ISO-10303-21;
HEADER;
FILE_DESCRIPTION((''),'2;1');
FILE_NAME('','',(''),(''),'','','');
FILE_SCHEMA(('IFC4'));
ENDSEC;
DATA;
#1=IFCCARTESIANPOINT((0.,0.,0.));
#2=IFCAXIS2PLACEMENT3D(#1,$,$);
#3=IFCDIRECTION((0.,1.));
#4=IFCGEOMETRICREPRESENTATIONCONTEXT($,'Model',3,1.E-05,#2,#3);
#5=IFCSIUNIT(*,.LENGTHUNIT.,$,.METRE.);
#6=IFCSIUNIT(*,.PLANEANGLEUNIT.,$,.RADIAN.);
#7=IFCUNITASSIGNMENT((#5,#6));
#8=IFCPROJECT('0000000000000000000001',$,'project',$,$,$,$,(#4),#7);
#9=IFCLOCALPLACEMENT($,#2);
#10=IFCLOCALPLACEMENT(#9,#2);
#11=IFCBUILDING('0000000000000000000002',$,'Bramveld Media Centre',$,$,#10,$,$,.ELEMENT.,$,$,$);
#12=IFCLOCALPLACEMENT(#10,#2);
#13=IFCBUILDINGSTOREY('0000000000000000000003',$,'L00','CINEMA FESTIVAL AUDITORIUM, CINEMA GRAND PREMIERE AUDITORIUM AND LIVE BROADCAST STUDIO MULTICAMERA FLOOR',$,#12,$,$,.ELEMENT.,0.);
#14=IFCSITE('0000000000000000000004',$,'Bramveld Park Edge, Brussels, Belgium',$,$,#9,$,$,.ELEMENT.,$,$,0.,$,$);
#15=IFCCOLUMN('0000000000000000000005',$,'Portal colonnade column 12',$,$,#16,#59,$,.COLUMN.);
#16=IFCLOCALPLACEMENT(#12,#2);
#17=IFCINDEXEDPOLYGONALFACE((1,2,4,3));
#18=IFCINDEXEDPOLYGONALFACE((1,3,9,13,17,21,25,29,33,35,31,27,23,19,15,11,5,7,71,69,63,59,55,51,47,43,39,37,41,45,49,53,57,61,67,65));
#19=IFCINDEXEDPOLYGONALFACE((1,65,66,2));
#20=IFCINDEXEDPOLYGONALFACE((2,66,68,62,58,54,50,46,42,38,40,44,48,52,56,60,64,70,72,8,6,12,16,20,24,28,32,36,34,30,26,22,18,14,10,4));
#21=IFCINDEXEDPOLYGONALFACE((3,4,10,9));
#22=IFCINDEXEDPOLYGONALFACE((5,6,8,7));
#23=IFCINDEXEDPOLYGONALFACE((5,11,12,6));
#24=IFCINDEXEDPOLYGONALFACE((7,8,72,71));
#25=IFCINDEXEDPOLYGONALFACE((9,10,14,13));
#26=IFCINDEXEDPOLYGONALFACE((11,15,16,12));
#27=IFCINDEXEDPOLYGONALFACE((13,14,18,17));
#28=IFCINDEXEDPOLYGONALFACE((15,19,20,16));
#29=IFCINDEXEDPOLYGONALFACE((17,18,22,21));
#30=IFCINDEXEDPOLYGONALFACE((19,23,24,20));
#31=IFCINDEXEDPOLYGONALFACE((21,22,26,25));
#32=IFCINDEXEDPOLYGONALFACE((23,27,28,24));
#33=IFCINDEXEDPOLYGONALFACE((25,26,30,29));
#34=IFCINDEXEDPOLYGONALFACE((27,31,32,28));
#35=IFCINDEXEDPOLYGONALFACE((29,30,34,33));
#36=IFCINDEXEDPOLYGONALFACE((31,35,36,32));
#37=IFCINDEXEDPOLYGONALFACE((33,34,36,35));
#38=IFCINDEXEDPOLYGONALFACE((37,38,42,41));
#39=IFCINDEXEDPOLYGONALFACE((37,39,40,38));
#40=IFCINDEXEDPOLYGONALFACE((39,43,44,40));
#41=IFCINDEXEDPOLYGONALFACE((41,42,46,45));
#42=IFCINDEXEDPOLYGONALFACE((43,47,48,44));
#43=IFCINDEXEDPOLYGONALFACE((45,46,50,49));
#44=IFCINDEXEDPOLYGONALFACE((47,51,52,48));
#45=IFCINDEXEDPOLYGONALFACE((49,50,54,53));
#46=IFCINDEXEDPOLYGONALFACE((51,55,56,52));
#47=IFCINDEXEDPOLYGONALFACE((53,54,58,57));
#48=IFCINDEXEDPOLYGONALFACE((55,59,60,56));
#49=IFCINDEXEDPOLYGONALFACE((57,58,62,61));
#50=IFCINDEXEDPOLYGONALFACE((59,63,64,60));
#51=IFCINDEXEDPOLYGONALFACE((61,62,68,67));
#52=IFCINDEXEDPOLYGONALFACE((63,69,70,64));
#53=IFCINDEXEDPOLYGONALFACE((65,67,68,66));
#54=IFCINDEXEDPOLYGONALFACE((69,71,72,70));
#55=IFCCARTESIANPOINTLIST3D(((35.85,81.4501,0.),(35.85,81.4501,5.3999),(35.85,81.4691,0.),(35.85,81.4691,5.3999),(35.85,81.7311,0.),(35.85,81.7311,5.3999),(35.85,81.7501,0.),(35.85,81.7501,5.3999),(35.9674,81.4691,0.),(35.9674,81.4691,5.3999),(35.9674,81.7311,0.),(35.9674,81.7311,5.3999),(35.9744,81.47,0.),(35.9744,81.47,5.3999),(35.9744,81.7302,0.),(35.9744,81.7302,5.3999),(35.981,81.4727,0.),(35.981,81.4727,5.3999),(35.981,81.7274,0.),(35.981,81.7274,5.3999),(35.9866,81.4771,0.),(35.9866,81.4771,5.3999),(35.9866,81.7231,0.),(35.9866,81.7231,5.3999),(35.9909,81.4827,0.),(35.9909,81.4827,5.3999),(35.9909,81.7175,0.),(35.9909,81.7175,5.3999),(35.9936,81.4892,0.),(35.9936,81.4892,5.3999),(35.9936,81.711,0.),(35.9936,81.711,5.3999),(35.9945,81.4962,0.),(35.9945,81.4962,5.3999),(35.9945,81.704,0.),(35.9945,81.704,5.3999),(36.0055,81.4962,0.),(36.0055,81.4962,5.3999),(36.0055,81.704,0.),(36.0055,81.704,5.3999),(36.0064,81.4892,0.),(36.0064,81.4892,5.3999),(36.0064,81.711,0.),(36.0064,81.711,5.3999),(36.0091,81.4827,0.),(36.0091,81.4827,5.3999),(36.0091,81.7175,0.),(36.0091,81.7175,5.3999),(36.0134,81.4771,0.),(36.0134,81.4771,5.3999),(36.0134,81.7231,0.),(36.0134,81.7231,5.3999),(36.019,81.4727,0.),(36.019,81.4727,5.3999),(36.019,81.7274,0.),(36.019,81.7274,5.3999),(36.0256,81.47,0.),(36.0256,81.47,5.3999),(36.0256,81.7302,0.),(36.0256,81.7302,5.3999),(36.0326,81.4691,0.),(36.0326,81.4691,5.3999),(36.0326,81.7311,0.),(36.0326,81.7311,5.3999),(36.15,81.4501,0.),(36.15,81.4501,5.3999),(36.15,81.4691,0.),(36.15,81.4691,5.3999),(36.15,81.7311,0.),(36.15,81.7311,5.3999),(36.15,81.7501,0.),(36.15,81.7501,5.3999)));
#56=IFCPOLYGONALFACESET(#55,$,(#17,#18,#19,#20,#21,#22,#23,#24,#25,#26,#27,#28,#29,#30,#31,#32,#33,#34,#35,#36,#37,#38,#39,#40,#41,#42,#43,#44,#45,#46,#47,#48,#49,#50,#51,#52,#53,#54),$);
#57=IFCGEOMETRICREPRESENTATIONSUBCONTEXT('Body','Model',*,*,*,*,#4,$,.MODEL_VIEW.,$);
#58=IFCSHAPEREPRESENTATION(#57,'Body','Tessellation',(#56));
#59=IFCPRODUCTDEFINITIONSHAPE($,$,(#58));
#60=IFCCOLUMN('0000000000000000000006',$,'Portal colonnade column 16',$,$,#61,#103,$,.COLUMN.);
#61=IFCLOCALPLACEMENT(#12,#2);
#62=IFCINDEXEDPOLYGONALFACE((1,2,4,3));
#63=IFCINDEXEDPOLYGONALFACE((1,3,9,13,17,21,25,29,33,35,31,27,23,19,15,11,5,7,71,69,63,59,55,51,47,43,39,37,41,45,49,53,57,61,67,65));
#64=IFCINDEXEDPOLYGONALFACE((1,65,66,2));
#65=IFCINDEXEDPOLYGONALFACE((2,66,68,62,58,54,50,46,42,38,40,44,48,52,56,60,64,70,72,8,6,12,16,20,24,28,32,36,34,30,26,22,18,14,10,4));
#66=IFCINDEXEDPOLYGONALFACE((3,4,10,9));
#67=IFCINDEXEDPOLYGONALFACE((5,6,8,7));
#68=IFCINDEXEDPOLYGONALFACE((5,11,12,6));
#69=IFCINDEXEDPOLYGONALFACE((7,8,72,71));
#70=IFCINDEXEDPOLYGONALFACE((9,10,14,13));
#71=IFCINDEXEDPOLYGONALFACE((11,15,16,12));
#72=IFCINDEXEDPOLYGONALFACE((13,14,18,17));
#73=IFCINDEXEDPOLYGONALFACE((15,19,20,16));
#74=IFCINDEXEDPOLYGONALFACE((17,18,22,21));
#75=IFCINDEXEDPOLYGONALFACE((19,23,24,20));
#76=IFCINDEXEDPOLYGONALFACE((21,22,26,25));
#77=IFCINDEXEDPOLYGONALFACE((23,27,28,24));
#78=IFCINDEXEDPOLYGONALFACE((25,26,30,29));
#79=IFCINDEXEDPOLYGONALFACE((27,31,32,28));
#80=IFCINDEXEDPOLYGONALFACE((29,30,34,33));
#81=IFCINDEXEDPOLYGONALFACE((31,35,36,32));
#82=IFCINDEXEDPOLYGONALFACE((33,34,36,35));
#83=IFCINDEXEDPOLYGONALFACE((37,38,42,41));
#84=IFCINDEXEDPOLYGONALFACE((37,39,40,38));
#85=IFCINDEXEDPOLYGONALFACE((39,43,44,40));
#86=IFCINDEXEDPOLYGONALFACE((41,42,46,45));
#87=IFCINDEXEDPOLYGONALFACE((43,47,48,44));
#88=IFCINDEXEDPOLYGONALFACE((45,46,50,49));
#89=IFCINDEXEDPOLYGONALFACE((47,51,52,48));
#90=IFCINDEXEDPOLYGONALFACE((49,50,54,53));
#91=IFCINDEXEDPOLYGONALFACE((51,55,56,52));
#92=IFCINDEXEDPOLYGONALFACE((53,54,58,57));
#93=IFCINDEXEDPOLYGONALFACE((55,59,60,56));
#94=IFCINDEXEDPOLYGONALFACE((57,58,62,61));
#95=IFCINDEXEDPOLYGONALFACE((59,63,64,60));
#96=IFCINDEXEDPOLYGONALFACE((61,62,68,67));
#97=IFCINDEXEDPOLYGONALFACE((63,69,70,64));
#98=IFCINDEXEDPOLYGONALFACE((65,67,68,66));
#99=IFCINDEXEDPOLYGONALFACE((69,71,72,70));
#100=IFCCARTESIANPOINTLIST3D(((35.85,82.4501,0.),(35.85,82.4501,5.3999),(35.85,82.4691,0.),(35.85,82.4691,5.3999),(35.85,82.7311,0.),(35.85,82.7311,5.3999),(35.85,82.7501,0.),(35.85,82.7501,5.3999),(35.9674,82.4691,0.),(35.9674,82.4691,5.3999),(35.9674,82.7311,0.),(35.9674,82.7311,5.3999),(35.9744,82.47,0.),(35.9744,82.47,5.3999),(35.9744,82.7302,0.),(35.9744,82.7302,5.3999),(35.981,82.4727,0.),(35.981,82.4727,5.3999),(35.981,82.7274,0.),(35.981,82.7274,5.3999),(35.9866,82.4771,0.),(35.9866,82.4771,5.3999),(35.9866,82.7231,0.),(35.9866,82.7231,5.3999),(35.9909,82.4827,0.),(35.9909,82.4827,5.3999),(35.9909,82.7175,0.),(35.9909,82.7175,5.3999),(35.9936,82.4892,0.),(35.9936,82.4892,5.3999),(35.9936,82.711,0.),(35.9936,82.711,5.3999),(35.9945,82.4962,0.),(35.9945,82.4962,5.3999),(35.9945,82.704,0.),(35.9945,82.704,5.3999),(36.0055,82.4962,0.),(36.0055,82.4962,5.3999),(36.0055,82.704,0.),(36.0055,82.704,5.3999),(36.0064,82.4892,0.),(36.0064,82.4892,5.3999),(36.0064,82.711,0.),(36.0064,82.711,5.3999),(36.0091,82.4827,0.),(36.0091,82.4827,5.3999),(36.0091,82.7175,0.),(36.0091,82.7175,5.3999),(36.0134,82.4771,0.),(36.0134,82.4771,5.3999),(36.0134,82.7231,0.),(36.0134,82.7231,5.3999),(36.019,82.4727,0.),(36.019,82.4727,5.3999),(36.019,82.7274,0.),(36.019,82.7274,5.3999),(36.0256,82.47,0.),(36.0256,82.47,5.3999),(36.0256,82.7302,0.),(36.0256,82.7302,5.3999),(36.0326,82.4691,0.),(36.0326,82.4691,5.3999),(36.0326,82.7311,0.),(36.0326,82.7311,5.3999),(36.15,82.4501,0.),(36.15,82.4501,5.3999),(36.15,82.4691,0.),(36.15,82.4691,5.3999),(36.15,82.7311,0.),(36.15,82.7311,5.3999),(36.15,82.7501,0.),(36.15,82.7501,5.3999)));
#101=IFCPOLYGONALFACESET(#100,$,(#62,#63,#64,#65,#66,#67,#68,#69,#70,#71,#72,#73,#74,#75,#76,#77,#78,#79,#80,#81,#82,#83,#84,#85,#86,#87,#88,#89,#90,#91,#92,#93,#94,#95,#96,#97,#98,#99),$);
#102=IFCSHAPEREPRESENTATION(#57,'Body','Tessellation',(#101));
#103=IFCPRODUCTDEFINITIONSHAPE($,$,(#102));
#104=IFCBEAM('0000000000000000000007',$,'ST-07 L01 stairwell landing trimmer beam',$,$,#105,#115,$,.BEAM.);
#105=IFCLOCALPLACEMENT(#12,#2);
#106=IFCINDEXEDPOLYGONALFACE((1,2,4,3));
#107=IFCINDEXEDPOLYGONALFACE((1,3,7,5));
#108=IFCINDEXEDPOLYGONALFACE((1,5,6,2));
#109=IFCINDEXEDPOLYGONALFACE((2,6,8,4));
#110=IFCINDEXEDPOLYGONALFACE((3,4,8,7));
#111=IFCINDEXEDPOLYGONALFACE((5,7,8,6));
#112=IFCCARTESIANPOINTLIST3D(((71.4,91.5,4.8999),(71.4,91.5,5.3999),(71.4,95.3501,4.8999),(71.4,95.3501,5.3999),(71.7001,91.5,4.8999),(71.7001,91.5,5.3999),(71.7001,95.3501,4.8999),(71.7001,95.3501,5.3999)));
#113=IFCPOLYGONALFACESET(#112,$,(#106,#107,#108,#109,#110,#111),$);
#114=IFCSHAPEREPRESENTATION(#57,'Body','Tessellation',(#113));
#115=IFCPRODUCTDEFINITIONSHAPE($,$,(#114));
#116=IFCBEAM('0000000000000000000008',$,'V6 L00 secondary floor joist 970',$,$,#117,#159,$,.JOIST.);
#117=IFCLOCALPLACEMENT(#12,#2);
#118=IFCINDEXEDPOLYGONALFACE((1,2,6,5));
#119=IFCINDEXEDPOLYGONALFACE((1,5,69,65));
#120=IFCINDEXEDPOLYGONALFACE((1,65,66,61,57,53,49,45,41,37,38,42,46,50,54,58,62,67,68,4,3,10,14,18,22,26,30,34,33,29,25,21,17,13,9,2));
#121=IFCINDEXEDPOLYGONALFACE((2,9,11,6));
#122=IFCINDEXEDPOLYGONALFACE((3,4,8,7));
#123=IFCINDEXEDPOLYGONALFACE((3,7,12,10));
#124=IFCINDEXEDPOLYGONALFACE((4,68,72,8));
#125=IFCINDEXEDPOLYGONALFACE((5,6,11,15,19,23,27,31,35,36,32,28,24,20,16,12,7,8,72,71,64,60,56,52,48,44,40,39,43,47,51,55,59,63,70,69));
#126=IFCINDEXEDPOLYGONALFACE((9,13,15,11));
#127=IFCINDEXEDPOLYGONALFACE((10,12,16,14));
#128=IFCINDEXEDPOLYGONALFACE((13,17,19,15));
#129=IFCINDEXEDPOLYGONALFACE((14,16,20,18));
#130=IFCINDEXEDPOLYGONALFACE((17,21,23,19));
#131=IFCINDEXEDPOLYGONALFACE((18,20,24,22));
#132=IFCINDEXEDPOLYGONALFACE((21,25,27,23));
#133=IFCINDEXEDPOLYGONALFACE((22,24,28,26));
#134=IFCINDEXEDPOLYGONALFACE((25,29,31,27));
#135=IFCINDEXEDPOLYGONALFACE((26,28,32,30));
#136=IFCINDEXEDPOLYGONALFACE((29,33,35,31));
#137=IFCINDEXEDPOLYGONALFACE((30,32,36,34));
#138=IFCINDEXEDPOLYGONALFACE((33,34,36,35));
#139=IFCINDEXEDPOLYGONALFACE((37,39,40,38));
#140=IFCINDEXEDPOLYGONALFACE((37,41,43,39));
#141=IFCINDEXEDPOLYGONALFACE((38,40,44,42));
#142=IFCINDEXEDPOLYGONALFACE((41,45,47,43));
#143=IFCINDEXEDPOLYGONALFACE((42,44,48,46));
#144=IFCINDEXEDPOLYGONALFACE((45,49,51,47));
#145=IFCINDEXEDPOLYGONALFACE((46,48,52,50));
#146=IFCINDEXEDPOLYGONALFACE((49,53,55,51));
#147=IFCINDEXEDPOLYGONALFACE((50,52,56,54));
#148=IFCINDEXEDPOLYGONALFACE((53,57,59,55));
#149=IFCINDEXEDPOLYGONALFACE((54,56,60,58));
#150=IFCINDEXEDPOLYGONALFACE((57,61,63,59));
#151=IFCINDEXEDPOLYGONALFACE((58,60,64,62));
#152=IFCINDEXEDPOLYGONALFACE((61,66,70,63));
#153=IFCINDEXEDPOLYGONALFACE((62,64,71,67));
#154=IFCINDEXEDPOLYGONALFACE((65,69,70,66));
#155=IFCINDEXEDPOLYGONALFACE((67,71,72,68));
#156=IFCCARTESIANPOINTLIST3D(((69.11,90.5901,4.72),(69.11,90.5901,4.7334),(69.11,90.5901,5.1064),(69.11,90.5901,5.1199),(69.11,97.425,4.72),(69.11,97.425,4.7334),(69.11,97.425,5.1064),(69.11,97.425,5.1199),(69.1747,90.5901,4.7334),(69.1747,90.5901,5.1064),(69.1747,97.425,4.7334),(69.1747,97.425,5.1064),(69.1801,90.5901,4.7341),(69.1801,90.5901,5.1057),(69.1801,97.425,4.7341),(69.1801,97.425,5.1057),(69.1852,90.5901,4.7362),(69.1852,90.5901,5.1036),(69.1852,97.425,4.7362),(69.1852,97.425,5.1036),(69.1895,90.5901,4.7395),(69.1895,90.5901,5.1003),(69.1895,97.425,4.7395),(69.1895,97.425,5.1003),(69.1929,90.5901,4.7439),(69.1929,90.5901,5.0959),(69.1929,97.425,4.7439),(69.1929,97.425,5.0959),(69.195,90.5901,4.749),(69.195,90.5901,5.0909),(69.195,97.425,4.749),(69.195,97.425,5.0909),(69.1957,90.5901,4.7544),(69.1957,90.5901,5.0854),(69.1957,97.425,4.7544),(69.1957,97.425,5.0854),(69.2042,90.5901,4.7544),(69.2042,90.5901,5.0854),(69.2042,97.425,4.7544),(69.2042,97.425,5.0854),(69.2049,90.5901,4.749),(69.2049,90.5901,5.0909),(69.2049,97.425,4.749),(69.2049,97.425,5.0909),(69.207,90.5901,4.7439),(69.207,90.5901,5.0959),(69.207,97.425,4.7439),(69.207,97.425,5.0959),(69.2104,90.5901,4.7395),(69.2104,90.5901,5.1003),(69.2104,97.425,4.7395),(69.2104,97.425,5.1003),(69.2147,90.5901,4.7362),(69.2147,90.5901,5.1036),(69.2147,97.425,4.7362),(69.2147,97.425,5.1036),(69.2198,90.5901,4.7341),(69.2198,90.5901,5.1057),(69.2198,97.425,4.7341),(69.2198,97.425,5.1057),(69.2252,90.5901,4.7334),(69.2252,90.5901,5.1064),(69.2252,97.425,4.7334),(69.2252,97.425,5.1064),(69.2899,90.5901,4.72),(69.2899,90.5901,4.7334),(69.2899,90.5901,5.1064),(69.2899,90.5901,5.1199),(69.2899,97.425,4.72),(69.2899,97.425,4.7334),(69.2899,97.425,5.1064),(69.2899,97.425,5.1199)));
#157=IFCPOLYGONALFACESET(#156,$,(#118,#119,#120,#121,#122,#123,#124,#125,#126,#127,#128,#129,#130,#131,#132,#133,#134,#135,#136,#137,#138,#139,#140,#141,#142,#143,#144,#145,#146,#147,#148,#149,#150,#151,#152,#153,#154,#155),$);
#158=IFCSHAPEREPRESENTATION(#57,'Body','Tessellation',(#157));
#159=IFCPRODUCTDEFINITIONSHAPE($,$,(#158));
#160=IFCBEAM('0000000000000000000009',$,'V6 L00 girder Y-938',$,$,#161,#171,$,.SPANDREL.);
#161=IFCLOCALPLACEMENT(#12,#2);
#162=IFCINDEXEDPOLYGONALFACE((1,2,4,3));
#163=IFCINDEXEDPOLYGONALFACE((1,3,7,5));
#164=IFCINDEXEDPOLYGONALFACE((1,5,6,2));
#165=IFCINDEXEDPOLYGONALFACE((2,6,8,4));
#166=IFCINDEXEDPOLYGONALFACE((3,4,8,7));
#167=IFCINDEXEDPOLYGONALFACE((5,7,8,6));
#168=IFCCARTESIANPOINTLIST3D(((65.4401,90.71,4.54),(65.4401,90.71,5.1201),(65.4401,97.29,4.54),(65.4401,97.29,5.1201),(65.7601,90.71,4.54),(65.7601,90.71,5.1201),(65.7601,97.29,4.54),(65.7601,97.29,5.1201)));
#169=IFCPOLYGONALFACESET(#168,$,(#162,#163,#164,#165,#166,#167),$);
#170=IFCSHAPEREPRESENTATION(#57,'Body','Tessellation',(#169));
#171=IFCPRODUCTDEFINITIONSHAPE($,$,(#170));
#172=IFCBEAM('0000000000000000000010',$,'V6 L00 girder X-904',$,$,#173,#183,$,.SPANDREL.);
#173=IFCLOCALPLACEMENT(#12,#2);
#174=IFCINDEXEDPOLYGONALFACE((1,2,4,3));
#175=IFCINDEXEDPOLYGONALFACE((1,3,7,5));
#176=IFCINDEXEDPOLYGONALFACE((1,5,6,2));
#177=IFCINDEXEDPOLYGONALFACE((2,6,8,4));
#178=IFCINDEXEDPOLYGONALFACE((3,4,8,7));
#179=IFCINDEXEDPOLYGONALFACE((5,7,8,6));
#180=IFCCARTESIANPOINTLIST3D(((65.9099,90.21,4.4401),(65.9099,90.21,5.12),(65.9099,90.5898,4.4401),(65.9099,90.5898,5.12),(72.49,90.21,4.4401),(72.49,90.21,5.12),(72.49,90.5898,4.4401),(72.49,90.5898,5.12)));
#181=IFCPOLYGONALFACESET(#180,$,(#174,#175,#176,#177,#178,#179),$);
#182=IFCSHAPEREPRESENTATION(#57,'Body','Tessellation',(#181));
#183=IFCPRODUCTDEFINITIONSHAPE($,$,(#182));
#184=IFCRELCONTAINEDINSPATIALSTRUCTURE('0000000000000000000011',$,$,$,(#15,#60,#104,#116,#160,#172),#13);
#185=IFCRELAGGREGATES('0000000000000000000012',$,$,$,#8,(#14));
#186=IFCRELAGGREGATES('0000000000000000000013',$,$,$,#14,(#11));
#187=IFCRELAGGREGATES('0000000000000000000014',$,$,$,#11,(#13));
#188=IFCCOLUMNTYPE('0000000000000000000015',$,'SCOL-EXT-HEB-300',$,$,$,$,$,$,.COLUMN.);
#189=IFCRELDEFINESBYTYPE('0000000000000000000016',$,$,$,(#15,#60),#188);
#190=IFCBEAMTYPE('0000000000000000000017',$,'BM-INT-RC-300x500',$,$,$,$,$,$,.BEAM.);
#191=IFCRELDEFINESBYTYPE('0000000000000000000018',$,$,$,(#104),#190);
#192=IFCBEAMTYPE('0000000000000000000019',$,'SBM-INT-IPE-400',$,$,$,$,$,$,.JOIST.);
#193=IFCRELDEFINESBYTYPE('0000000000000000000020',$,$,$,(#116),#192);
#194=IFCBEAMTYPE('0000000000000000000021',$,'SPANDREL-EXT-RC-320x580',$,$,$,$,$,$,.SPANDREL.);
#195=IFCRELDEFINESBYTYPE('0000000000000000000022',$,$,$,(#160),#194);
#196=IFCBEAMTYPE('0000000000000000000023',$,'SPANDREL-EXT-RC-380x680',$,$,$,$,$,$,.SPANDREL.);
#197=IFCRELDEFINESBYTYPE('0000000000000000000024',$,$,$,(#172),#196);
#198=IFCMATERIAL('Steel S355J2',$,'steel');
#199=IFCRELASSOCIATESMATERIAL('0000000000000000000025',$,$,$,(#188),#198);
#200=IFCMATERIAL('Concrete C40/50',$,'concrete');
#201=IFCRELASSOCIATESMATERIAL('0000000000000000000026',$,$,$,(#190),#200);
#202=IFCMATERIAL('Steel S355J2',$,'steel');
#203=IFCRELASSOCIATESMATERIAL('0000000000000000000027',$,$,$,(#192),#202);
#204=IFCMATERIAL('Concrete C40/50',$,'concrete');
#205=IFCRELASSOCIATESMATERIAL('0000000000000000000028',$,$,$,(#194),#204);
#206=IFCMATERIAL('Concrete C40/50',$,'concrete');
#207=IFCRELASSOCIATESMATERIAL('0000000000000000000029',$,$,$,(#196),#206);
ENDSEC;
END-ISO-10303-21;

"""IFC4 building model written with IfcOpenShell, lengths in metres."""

from ifc_helpers import new_model, si_unit, direction, frame, origin, origin_2d, place, context, subcontext, project, spatial, rectangle, i_section, extrude, material, material_profile, profile_set, type_object, element, save


model = new_model("IFC4")

# Units and contexts
model_context = context("Model", 3, precision=1e-05, world=origin(), true_north=direction((0.0, 1.0)))
body_context = subcontext(model_context, "Body", "Model", "MODEL_VIEW")
ifc_project = project(units=[si_unit("LENGTHUNIT", "METRE"), si_unit("PLANEANGLEUNIT", "RADIAN")], contexts=[model_context])

# Site, building, storey
site_placement = place(None, origin())
site = spatial("IfcSite", under=ifc_project, at=site_placement, Name="Bramveld Park Edge, Brussels, Belgium", CompositionType="ELEMENT", RefElevation=0.0)
building_placement = place(site_placement, origin())
building = spatial("IfcBuilding", under=site, at=building_placement, Name="Bramveld Media Centre", CompositionType="ELEMENT")
storey_placement = place(building_placement, origin())
storey = spatial("IfcBuildingStorey", under=building, at=storey_placement, Name="L00", Description="CINEMA FESTIVAL AUDITORIUM, CINEMA GRAND PREMIERE AUDITORIUM AND LIVE BROADCAST STUDIO MULTICAMERA FLOOR", CompositionType="ELEMENT", Elevation=0.0)

# Columns
ifc_material_1 = material(Name="Steel S355J2", Category="steel")
ifc_material_profile_1 = material_profile(ifc_material_1, i_section(OverallWidth=0.3, OverallDepth=0.3, WebThickness=0.011, FlangeThickness=0.019, FilletRadius=0.0271, at=origin_2d()), Name="HEB 300")
ifc_profile_set_1 = profile_set([ifc_material_profile_1], Name="Steel S355J2")
column_type_1 = type_object("IfcColumnType", Name="SCOL-EXT-HEB-300", PredefinedType="COLUMN", material=ifc_profile_set_1)
for number, where, z_axis, x_axis, name in (
    (1, (36.0, 81.6001, 0.0), (0.0, 0.0, 1.0), (1.0, 0.0, 0.0), "Portal colonnade column 12"),
    (2, (36.0, 82.6001, 0.0), (0.0, 0.0, 1.0), (1.0, 0.0, 0.0), "Portal colonnade column 16"),
):
    element("IfcColumn", number, at=place(storey_placement, frame(where, z_axis=z_axis, x_axis=x_axis)), inside=storey, type_object=column_type_1, Name=name, PredefinedType="COLUMN", context=body_context, shape_type="SweptSolid", body=[
        extrude(i_section(OverallWidth=0.3, OverallDepth=0.3, WebThickness=0.011, FlangeThickness=0.019, FilletRadius=0.0271, at=origin_2d()), origin(), (0.0, 0.0, 1.0), 5.3999),
    ])

# Beams
ifc_material_2 = material(Name="Concrete C40/50", Category="concrete")
ifc_material_profile_2 = material_profile(ifc_material_2, rectangle(XDim=0.3, YDim=0.5, at=origin_2d()), Name="RC 300x500")
ifc_profile_set_2 = profile_set([ifc_material_profile_2], Name="Concrete C40/50")
beam_type_1 = type_object("IfcBeamType", Name="BM-INT-RC-300x500", PredefinedType="BEAM", material=ifc_profile_set_2)
beam_1_placement = place(storey_placement, frame((71.55, 91.5, 5.1499), z_axis=(0.0, 1.0, 0.0), x_axis=(-1.0, 0.0, 0.0)))
element("IfcBeam", 3, at=beam_1_placement, inside=storey, type_object=beam_type_1, Name="ST-07 L01 stairwell landing trimmer beam", PredefinedType="BEAM", context=body_context, shape_type="SweptSolid", body=[
    extrude(rectangle(XDim=0.3, YDim=0.5, at=origin_2d()), origin(), (0.0, 0.0, 1.0), 3.8501),
])
ifc_material_3 = material(Name="Steel S355J2", Category="steel")
ifc_material_profile_3 = material_profile(ifc_material_3, i_section(OverallWidth=0.1799, OverallDepth=0.3999, WebThickness=0.0085, FlangeThickness=0.0134, FilletRadius=0.021, at=origin_2d()), Name="IPE 400")
ifc_profile_set_3 = profile_set([ifc_material_profile_3], Name="Steel S355J2")
beam_type_2 = type_object("IfcBeamType", Name="SBM-INT-IPE-400", PredefinedType="JOIST", material=ifc_profile_set_3)
beam_2_placement = place(storey_placement, frame((69.2, 90.5901, 4.9199), z_axis=(0.0, 1.0, 0.0), x_axis=(-1.0, 0.0, 0.0)))
element("IfcBeam", 4, at=beam_2_placement, inside=storey, type_object=beam_type_2, Name="V6 L00 secondary floor joist 970", PredefinedType="JOIST", context=body_context, shape_type="SweptSolid", body=[
    extrude(i_section(OverallWidth=0.1799, OverallDepth=0.3999, WebThickness=0.0085, FlangeThickness=0.0134, FilletRadius=0.021, at=origin_2d()), origin(), (0.0, 0.0, 1.0), 6.835),
])
ifc_material_4 = material(Name="Concrete C40/50", Category="concrete")
ifc_material_profile_4 = material_profile(ifc_material_4, rectangle(XDim=0.3201, YDim=0.5801, at=origin_2d()), Name="RC 320x580")
ifc_profile_set_4 = profile_set([ifc_material_profile_4], Name="Concrete C40/50")
beam_type_3 = type_object("IfcBeamType", Name="SPANDREL-EXT-RC-320x580", PredefinedType="SPANDREL", material=ifc_profile_set_4)
beam_3_placement = place(storey_placement, frame((65.6001, 90.71, 4.8301), z_axis=(0.0, 1.0, 0.0), x_axis=(-1.0, 0.0, 0.0)))
element("IfcBeam", 5, at=beam_3_placement, inside=storey, type_object=beam_type_3, Name="V6 L00 girder Y-938", PredefinedType="SPANDREL", context=body_context, shape_type="SweptSolid", body=[
    extrude(rectangle(XDim=0.3201, YDim=0.5801, at=origin_2d()), origin(), (0.0, 0.0, 1.0), 6.5801),
])
ifc_material_5 = material(Name="Concrete C40/50", Category="concrete")
ifc_material_profile_5 = material_profile(ifc_material_5, rectangle(XDim=0.3799, YDim=0.6799, at=origin_2d()), Name="RC 380x680")
ifc_profile_set_5 = profile_set([ifc_material_profile_5], Name="Concrete C40/50")
beam_type_4 = type_object("IfcBeamType", Name="SPANDREL-EXT-RC-380x680", PredefinedType="SPANDREL", material=ifc_profile_set_5)
beam_4_placement = place(storey_placement, frame((65.9099, 90.3999, 4.78), z_axis=(1.0, 0.0, 0.0), x_axis=(0.0, 1.0, 0.0)))
element("IfcBeam", 6, at=beam_4_placement, inside=storey, type_object=beam_type_4, Name="V6 L00 girder X-904", PredefinedType="SPANDREL", context=body_context, shape_type="SweptSolid", body=[
    extrude(rectangle(XDim=0.3799, YDim=0.6799, at=origin_2d()), origin(), (0.0, 0.0, 1.0), 6.5801),
])

save(model, "model.ifc")
